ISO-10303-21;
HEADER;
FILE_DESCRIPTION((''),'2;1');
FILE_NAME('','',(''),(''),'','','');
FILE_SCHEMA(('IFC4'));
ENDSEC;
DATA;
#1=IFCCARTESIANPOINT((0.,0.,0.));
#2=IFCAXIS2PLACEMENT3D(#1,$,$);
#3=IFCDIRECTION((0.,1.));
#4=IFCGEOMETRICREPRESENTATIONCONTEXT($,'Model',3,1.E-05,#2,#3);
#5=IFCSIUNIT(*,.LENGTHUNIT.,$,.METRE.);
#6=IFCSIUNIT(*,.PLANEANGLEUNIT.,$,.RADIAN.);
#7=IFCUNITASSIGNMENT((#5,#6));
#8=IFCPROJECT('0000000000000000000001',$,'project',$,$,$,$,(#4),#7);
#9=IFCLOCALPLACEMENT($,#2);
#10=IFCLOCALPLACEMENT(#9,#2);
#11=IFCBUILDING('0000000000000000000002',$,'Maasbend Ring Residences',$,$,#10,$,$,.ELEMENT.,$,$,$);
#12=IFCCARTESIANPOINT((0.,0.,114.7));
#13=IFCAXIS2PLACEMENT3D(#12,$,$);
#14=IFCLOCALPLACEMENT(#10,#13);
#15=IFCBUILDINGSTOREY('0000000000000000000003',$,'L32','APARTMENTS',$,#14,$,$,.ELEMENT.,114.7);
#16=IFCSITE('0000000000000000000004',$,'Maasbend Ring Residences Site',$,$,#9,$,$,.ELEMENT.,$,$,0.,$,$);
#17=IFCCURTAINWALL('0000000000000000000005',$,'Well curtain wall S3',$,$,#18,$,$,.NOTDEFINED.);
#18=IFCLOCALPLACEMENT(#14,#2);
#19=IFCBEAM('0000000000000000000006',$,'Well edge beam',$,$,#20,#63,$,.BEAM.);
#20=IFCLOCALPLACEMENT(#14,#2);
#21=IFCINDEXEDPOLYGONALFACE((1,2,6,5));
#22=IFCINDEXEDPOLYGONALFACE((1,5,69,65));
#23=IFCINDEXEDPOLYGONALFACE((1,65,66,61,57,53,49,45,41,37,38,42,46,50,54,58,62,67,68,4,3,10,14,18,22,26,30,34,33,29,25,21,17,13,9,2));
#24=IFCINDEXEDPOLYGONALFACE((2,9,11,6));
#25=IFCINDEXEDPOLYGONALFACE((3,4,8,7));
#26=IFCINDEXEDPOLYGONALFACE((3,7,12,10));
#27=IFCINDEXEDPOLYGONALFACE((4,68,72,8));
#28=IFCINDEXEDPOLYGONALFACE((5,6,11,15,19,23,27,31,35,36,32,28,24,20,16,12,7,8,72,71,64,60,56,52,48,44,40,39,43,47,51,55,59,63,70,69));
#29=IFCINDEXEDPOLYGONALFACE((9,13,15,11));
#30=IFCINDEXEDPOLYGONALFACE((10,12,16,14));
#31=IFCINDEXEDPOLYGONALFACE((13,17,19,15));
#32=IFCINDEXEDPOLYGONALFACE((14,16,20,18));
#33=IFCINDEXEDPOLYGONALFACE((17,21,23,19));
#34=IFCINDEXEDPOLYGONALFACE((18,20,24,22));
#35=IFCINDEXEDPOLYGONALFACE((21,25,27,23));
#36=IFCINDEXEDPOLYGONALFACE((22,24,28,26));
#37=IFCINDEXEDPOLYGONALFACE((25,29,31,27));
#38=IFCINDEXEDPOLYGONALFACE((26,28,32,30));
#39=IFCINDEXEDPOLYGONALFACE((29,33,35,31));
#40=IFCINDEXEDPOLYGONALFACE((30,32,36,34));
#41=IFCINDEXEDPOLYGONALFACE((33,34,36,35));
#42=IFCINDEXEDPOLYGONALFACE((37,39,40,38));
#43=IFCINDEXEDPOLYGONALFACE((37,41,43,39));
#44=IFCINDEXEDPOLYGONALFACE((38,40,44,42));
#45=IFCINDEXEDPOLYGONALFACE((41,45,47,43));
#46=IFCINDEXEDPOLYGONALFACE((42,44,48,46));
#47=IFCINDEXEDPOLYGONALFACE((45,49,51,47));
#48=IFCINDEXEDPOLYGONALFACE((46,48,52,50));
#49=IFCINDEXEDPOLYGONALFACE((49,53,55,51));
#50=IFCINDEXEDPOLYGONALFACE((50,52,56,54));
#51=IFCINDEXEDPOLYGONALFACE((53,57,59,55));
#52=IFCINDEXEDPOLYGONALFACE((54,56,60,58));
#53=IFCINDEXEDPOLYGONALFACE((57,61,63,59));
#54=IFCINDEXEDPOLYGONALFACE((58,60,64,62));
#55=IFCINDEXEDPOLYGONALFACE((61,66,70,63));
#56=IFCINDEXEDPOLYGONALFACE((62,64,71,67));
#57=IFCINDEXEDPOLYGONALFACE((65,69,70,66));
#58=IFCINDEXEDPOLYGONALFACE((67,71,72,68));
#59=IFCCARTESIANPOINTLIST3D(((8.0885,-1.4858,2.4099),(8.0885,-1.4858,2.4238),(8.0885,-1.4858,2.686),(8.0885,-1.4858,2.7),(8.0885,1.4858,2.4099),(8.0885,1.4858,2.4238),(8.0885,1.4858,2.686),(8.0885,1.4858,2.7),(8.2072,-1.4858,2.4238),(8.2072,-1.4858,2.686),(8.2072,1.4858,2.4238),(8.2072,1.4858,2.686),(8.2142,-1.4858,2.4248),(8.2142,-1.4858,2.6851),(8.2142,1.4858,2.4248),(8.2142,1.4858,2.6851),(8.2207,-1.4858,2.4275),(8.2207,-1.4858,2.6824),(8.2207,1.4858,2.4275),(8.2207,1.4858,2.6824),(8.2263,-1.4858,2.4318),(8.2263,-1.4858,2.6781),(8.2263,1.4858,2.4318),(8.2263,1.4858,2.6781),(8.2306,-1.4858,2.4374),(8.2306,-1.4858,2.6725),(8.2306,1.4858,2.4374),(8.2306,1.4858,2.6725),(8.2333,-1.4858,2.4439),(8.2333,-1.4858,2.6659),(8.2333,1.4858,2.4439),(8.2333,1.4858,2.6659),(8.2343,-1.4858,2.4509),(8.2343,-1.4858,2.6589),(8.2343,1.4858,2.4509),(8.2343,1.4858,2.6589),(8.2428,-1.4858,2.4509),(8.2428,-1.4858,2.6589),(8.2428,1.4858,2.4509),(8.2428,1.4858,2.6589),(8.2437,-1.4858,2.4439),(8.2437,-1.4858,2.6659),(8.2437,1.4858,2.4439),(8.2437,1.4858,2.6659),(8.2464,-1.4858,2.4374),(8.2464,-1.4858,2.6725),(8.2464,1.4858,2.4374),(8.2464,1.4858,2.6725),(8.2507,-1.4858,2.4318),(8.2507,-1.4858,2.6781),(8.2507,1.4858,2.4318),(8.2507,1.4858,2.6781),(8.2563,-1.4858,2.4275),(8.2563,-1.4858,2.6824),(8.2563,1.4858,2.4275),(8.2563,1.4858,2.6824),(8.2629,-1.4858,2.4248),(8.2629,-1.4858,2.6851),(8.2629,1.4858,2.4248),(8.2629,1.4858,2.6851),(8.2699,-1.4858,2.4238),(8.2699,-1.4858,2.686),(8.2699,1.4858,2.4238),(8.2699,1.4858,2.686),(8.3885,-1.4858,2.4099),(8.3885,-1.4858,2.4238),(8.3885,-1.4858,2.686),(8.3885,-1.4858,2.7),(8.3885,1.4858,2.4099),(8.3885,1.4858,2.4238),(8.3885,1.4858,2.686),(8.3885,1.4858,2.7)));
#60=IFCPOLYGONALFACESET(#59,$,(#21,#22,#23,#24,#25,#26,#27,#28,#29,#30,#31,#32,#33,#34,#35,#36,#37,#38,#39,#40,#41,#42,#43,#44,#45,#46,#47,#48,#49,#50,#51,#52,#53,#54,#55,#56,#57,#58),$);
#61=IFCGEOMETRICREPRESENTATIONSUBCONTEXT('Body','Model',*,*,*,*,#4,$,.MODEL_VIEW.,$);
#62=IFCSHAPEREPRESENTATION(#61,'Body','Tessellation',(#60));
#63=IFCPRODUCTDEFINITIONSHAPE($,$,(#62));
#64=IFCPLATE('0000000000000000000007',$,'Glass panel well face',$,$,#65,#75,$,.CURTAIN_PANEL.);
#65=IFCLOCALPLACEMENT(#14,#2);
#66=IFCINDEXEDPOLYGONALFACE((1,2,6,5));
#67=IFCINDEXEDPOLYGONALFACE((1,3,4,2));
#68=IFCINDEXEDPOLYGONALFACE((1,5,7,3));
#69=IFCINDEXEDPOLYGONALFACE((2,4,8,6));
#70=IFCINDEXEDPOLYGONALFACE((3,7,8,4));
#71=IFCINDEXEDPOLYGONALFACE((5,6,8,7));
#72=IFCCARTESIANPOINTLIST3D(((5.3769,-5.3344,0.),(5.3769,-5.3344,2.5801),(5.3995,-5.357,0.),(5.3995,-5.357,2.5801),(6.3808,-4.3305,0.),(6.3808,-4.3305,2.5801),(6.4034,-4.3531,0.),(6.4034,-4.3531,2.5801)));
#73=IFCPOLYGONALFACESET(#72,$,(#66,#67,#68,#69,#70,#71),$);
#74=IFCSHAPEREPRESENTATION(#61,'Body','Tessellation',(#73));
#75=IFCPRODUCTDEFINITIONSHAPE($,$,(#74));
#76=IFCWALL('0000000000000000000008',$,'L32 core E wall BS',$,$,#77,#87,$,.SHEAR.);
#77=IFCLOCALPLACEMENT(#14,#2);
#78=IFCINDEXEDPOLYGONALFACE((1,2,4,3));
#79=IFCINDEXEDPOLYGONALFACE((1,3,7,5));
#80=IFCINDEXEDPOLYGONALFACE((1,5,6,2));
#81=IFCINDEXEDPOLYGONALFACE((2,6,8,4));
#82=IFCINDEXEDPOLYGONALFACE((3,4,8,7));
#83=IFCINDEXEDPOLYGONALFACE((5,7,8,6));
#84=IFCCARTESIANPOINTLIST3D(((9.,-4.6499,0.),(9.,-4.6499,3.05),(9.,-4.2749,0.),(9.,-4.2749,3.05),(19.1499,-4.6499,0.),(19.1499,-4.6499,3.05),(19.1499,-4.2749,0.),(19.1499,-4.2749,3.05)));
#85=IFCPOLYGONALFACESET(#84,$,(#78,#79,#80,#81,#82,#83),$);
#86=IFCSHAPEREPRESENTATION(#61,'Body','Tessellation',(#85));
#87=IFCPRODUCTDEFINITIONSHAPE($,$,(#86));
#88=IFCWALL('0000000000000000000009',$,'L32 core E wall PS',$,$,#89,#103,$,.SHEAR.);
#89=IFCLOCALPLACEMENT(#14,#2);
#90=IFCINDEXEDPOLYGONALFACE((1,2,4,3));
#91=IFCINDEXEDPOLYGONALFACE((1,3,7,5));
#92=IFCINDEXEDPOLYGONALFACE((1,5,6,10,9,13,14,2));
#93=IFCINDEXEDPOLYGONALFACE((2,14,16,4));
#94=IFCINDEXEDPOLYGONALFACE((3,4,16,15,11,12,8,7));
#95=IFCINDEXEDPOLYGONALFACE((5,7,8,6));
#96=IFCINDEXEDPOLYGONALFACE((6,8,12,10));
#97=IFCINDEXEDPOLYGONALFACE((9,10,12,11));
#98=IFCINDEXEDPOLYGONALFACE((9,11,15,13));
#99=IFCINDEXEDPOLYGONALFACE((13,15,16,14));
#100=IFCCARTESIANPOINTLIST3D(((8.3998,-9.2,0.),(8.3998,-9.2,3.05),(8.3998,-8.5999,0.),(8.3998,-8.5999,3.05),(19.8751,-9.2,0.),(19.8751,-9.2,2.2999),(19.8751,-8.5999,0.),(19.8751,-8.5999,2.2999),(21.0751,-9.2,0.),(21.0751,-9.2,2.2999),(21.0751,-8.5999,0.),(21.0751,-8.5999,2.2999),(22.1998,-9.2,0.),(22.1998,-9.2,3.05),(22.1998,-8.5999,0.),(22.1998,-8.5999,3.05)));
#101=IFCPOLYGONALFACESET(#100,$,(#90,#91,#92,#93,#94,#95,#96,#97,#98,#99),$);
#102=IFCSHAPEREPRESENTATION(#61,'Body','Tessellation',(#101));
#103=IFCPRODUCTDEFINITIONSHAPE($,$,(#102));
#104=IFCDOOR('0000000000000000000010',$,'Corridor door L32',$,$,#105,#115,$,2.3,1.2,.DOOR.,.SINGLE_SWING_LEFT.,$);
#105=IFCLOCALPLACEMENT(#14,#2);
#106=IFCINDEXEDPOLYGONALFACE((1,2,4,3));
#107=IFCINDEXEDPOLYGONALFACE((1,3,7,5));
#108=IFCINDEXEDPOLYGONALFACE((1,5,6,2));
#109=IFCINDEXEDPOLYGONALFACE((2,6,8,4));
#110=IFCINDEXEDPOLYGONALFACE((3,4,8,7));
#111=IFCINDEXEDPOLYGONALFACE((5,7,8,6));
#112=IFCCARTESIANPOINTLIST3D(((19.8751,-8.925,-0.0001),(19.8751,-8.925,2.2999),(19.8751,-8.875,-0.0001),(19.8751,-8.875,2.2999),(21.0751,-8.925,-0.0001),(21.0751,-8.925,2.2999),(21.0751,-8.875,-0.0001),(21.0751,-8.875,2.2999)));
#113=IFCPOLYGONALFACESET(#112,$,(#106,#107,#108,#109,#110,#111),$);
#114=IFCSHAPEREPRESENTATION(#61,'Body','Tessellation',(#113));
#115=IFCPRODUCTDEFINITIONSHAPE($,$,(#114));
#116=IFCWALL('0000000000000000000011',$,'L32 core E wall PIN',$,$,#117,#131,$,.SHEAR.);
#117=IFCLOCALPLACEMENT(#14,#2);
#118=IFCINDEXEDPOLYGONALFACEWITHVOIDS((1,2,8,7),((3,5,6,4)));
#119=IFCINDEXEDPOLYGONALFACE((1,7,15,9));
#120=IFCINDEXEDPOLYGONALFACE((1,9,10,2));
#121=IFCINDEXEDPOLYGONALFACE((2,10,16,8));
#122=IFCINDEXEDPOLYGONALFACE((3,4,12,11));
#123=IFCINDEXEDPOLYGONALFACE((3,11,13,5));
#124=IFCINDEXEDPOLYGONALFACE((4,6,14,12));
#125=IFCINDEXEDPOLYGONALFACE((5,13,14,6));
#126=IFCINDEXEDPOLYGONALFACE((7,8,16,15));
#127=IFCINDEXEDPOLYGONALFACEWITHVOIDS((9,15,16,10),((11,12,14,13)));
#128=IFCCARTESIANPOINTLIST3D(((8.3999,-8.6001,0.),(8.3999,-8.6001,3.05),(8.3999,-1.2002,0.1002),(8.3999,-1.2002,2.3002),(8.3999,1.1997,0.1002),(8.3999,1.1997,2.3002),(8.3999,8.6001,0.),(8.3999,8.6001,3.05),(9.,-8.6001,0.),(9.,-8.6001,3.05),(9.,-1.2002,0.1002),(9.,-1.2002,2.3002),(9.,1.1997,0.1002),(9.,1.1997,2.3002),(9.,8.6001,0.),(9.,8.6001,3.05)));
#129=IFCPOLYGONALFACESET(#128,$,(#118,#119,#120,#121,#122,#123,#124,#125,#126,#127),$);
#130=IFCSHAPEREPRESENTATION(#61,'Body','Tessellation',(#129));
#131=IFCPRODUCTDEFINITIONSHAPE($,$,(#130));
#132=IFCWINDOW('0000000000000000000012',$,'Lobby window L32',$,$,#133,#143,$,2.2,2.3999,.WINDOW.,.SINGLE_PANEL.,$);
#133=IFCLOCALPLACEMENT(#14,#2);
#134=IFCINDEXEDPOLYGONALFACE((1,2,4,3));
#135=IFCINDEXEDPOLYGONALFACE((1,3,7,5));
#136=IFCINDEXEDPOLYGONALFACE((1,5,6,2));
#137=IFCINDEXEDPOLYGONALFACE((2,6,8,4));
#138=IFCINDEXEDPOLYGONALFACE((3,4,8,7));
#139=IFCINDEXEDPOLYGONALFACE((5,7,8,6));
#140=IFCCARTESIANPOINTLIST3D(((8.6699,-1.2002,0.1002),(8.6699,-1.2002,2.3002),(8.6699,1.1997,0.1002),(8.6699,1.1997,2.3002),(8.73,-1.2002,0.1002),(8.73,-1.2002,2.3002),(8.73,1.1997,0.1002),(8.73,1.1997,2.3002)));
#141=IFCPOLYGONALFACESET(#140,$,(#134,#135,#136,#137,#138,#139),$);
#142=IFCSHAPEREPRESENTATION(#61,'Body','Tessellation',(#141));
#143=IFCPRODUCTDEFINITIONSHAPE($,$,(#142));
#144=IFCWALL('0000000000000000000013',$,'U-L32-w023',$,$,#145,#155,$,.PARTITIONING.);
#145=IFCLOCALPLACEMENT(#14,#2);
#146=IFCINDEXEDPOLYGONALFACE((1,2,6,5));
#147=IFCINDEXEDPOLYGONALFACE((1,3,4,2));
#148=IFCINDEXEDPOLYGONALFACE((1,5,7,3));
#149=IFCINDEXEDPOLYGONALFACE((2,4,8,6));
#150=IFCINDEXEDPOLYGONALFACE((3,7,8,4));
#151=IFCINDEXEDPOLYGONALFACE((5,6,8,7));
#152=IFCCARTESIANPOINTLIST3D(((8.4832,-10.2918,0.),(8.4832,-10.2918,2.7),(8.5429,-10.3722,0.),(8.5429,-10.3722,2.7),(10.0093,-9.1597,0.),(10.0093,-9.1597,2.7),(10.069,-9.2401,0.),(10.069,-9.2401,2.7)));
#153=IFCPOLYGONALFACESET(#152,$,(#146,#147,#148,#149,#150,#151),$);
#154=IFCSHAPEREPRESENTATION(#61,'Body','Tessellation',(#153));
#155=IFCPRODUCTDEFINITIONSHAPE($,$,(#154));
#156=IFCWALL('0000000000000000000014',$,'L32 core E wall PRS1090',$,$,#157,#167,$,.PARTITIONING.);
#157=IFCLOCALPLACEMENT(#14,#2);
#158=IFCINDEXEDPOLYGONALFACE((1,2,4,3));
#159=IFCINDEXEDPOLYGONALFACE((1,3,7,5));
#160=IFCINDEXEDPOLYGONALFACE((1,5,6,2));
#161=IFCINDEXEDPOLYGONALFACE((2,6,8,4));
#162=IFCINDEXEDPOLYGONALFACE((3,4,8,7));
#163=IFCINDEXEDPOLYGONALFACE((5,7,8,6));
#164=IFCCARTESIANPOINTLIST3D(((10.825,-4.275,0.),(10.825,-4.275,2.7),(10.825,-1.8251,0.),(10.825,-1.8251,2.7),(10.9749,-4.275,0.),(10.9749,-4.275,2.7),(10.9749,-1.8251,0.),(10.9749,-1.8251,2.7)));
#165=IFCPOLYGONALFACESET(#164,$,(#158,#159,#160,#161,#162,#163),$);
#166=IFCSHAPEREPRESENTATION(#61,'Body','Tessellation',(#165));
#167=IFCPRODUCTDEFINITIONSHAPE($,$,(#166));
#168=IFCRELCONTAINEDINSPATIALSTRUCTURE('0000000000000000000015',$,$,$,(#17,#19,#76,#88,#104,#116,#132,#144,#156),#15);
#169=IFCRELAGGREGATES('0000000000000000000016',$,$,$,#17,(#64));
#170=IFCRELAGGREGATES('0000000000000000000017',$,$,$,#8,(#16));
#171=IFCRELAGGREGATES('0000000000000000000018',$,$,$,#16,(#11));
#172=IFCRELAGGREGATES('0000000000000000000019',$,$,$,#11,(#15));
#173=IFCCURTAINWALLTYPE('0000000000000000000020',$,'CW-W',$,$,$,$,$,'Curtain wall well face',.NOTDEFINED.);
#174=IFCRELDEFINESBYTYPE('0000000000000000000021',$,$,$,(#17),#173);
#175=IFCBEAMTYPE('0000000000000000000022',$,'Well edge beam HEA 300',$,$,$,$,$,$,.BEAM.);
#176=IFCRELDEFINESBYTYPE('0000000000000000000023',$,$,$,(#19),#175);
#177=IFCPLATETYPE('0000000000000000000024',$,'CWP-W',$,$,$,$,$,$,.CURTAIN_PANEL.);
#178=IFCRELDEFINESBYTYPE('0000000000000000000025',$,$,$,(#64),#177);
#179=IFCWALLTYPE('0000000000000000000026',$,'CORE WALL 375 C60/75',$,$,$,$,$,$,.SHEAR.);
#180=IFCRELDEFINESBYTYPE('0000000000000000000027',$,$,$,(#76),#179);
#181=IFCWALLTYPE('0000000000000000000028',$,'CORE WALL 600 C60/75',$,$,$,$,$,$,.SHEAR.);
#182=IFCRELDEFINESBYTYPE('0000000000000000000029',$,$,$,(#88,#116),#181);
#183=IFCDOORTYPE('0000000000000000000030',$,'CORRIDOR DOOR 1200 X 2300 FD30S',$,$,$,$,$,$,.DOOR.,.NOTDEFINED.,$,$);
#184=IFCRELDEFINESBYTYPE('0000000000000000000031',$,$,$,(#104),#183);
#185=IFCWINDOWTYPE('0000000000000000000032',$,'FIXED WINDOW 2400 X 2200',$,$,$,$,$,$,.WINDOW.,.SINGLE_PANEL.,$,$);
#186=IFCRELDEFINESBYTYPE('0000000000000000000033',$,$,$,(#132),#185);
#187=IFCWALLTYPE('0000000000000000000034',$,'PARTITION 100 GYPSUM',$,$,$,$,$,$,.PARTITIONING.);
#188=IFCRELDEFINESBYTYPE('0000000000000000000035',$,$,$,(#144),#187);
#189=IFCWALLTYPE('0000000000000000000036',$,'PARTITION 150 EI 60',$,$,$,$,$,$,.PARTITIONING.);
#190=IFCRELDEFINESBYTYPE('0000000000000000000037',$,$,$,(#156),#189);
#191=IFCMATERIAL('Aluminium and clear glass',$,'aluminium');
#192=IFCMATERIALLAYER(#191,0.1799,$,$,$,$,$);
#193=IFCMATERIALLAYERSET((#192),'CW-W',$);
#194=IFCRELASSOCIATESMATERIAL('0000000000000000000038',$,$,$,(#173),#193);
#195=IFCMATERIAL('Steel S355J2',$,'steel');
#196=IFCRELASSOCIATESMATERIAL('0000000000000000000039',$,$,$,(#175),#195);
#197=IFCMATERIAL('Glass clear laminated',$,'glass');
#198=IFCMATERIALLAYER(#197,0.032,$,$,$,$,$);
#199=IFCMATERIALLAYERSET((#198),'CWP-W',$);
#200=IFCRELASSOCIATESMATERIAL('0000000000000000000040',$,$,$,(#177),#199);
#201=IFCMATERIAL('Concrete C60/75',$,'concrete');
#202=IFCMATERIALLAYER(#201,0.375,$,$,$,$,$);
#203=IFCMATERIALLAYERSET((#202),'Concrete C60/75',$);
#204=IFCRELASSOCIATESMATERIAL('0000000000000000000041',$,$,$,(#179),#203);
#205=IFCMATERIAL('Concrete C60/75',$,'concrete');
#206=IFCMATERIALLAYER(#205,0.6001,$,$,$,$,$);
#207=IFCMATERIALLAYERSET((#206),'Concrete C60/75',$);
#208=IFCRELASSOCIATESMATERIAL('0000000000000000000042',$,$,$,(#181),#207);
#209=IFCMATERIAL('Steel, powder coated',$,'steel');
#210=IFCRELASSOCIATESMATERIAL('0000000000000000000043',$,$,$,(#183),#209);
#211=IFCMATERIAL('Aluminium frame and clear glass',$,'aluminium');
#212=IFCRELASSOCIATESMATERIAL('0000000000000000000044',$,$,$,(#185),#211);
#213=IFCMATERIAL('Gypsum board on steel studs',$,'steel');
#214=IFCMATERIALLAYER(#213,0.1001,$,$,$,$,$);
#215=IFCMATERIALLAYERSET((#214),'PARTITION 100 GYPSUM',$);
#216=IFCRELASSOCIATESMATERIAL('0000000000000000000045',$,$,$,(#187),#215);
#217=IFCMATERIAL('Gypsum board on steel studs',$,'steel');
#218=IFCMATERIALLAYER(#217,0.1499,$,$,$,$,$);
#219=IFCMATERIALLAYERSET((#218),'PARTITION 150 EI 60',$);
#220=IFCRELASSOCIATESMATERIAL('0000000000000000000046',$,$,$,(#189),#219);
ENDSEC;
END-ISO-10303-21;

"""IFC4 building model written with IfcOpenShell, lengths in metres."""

from ifc_helpers import new_model, si_unit, direction, frame, frame_2d, origin, origin_2d, place, context, subcontext, project, spatial, rectangle, i_section, extrude, material, layer, layer_set, material_profile, profile_set, type_object, element, fill, aggregate, save


model = new_model("IFC4")

# Units and contexts
model_context = context("Model", 3, precision=1e-05, world=origin(), true_north=direction((0.0, 1.0)))
body_context = subcontext(model_context, "Body", "Model", "MODEL_VIEW")
ifc_project = project(units=[si_unit("LENGTHUNIT", "METRE"), si_unit("PLANEANGLEUNIT", "RADIAN")], contexts=[model_context])

# Site, building, storey
site_placement = place(None, origin())
site = spatial("IfcSite", under=ifc_project, at=site_placement, Name="Maasbend Ring Residences Site", CompositionType="ELEMENT", RefElevation=0.0)
building_placement = place(site_placement, origin())
building = spatial("IfcBuilding", under=site, at=building_placement, Name="Maasbend Ring Residences", CompositionType="ELEMENT")
storey_placement = place(building_placement, frame((0.0, 0.0, 114.7)))
storey = spatial("IfcBuildingStorey", under=building, at=storey_placement, Name="L32", Description="APARTMENTS", CompositionType="ELEMENT", Elevation=114.7)

# Curtain wall
ifc_material_1 = material(Name="Aluminium and clear glass", Category="aluminium")
ifc_layer_1 = layer(ifc_material_1, 0.1799)
ifc_layer_set_1 = layer_set([ifc_layer_1], Name="CW-W")
curtain_wall_type = type_object("IfcCurtainWallType", Name="CW-W", ElementType="Curtain wall well face", PredefinedType="NOTDEFINED", material=ifc_layer_set_1)
curtain_wall_placement = place(storey_placement, origin())
curtain_wall = element("IfcCurtainWall", 1, at=curtain_wall_placement, inside=storey, type_object=curtain_wall_type, Name="Well curtain wall S3", PredefinedType="NOTDEFINED")

# Beam
ifc_material_2 = material(Name="Steel S355J2", Category="steel")
ifc_material_profile_1 = material_profile(ifc_material_2, i_section(OverallWidth=0.3, OverallDepth=0.29, WebThickness=0.0085, FlangeThickness=0.0139, FilletRadius=0.0271, at=origin_2d()), Name="HEA 300")
ifc_profile_set_1 = profile_set([ifc_material_profile_1], Name="Steel S355J2")
beam_type = type_object("IfcBeamType", Name="Well edge beam HEA 300", PredefinedType="BEAM", material=ifc_profile_set_1)
for number, where, z_axis, x_axis, name in (
    (2, (8.2385, -1.4858, 2.5549), (0.0, 1.0, 0.0), (-1.0, 0.0, 0.0), "Well edge beam"),
):
    element("IfcBeam", number, at=place(storey_placement, frame(where, z_axis=z_axis, x_axis=x_axis)), inside=storey, type_object=beam_type, Name=name, PredefinedType="BEAM", context=body_context, shape_type="SweptSolid", body=[
        extrude(i_section(OverallWidth=0.3, OverallDepth=0.29, WebThickness=0.0085, FlangeThickness=0.0139, FilletRadius=0.0271, at=origin_2d()), origin(), (0.0, 0.0, 1.0), 2.9717),
    ])

# Plate
ifc_material_3 = material(Name="Glass clear laminated", Category="glass")
ifc_layer_2 = layer(ifc_material_3, 0.032)
ifc_layer_set_2 = layer_set([ifc_layer_2], Name="CWP-W")
plate_type = type_object("IfcPlateType", Name="CWP-W", PredefinedType="CURTAIN_PANEL", material=ifc_layer_set_2)
plate_placement = place(storey_placement, frame((5.8901, -4.8438, 0.0), z_axis=(0.0, 0.0, 1.0), x_axis=(0.707107, 0.707107, 0.0)))
plate = element("IfcPlate", 3, at=plate_placement, type_object=plate_type, Name="Glass panel well face", PredefinedType="CURTAIN_PANEL", context=body_context, shape_type="SweptSolid", body=[
    extrude(rectangle(XDim=1.4197, YDim=0.032, at=origin_2d()), origin(), (0.0, 0.0, 1.0), 2.5801),
])
aggregate(curtain_wall, [plate])

# Wall
ifc_material_4 = material(Name="Concrete C60/75", Category="concrete")
ifc_layer_3 = layer(ifc_material_4, 0.375)
ifc_layer_set_3 = layer_set([ifc_layer_3], Name="Concrete C60/75")
wall_type_1 = type_object("IfcWallType", Name="CORE WALL 375 C60/75", PredefinedType="SHEAR", material=ifc_layer_set_3)
wall_1_placement = place(storey_placement, frame((9.0, -4.4624, 0.0), z_axis=(0.0, 0.0, 1.0), x_axis=(1.0, 0.0, 0.0)))
element("IfcWall", 4, at=wall_1_placement, inside=storey, type_object=wall_type_1, Name="L32 core E wall BS", PredefinedType="SHEAR", context=body_context, shape_type="SweptSolid", body=[
    extrude(rectangle(XDim=10.1499, YDim=0.375, at=frame_2d((5.075, 0.0))), origin(), (0.0, 0.0, 1.0), 3.05),
])

# Wall, opening, door
ifc_material_5 = material(Name="Concrete C60/75", Category="concrete")
ifc_layer_4 = layer(ifc_material_5, 0.6001)
ifc_layer_set_4 = layer_set([ifc_layer_4], Name="Concrete C60/75")
wall_type_2 = type_object("IfcWallType", Name="CORE WALL 600 C60/75", PredefinedType="SHEAR", material=ifc_layer_set_4)
wall_2_placement = place(storey_placement, frame((8.3999, -8.8999, 0.0), z_axis=(0.0, 0.0, 1.0), x_axis=(1.0, 0.0, 0.0)))
wall_2 = element("IfcWall", 5, at=wall_2_placement, inside=storey, type_object=wall_type_2, Name="L32 core E wall PS", PredefinedType="SHEAR", context=body_context, shape_type="SweptSolid", body=[
    extrude(rectangle(XDim=13.8, YDim=0.6001, at=frame_2d((6.8999, 0.0))), origin(), (0.0, 0.0, 1.0), 3.05),
])
opening_1_placement = place(wall_2_placement, frame((11.4751, 0.0, 0.0)))
opening_1 = element("IfcOpeningElement", 6, at=opening_1_placement, cuts=wall_2, PredefinedType="OPENING", context=body_context, shape_type="SweptSolid", body=[
    extrude(rectangle(XDim=1.2, YDim=2.3, at=frame_2d((0.6001, 1.1499))), frame((0.0, 0.3101, 0.0), z_axis=(0.0, -1.0, 0.0), x_axis=(1.0, 0.0, 0.0)), (0.0, 0.0, 1.0), 0.6201),
])
ifc_material_6 = material(Name="Steel, powder coated", Category="steel")
door_type = type_object("IfcDoorType", Name="CORRIDOR DOOR 1200 X 2300 FD30S", OperationType="NOTDEFINED", PredefinedType="DOOR", material=ifc_material_6)
door_placement = place(opening_1_placement, origin())
door = element("IfcDoor", 7, at=door_placement, inside=storey, type_object=door_type, Name="Corridor door L32", OperationType="SINGLE_SWING_LEFT", OverallHeight=2.3, OverallWidth=1.2, PredefinedType="DOOR", context=body_context, shape_type="SweptSolid", body=[
    extrude(rectangle(XDim=1.2, YDim=2.3, at=frame_2d((0.6001, 1.1499))), frame((0.0, 0.0249, 0.0), z_axis=(0.0, -1.0, 0.0), x_axis=(1.0, 0.0, 0.0)), (0.0, 0.0, 1.0), 0.05),
])
fill(opening_1, door)

# Wall, opening, window
wall_3_placement = place(storey_placement, frame((8.7, -8.6001, 0.0), z_axis=(0.0, 0.0, 1.0), x_axis=(0.0, 1.0, 0.0)))
wall_3 = element("IfcWall", 8, at=wall_3_placement, inside=storey, type_object=wall_type_2, Name="L32 core E wall PIN", PredefinedType="SHEAR", context=body_context, shape_type="SweptSolid", body=[
    extrude(rectangle(XDim=17.2002, YDim=0.6001, at=frame_2d((8.6001, 0.0))), origin(), (0.0, 0.0, 1.0), 3.05),
])
opening_2_placement = place(wall_3_placement, frame((7.3999, 0.0, 0.1001)))
opening_2 = element("IfcOpeningElement", 9, at=opening_2_placement, cuts=wall_3, PredefinedType="OPENING", context=body_context, shape_type="SweptSolid", body=[
    extrude(rectangle(XDim=2.3999, YDim=2.2, at=frame_2d((1.2, 1.1001))), frame((0.0, 0.3101, 0.0), z_axis=(0.0, -1.0, 0.0), x_axis=(1.0, 0.0, 0.0)), (0.0, 0.0, 1.0), 0.6201),
])
ifc_material_7 = material(Name="Aluminium frame and clear glass", Category="aluminium")
window_type = type_object("IfcWindowType", Name="FIXED WINDOW 2400 X 2200", PartitioningType="SINGLE_PANEL", PredefinedType="WINDOW", material=ifc_material_7)
window_placement = place(opening_2_placement, origin())
window = element("IfcWindow", 10, at=window_placement, inside=storey, type_object=window_type, Name="Lobby window L32", OverallHeight=2.2, OverallWidth=2.3999, PartitioningType="SINGLE_PANEL", PredefinedType="WINDOW", context=body_context, shape_type="SweptSolid", body=[
    extrude(rectangle(XDim=2.3999, YDim=2.2, at=frame_2d((1.2, 1.1001))), frame((0.0, 0.03, 0.0), z_axis=(0.0, -1.0, 0.0), x_axis=(1.0, 0.0, 0.0)), (0.0, 0.0, 1.0), 0.0601),
])
fill(opening_2, window)

# Walls
ifc_material_8 = material(Name="Gypsum board on steel studs", Category="steel")
ifc_layer_5 = layer(ifc_material_8, 0.1001)
ifc_layer_set_5 = layer_set([ifc_layer_5], Name="PARTITION 100 GYPSUM")
wall_type_3 = type_object("IfcWallType", Name="PARTITION 100 GYPSUM", PredefinedType="PARTITIONING", material=ifc_layer_set_5)
wall_4_placement = place(storey_placement, frame((8.5129, -10.332, 0.0), z_axis=(0.0, 0.0, 1.0), x_axis=(0.80315, 0.595777, 0.0)))
element("IfcWall", 11, at=wall_4_placement, inside=storey, type_object=wall_type_3, Name="U-L32-w023", PredefinedType="PARTITIONING", context=body_context, shape_type="SweptSolid", body=[
    extrude(rectangle(XDim=1.9001, YDim=0.1001, at=frame_2d((0.9502, 0.0))), origin(), (0.0, 0.0, 1.0), 2.7),
])
ifc_material_9 = material(Name="Gypsum board on steel studs", Category="steel")
ifc_layer_6 = layer(ifc_material_9, 0.1499)
ifc_layer_set_6 = layer_set([ifc_layer_6], Name="PARTITION 150 EI 60")
wall_type_4 = type_object("IfcWallType", Name="PARTITION 150 EI 60", PredefinedType="PARTITIONING", material=ifc_layer_set_6)
wall_5_placement = place(storey_placement, frame((10.8999, -1.825, 0.0), z_axis=(0.0, 0.0, 1.0), x_axis=(0.0, -1.0, 0.0)))
element("IfcWall", 12, at=wall_5_placement, inside=storey, type_object=wall_type_4, Name="L32 core E wall PRS1090", PredefinedType="PARTITIONING", context=body_context, shape_type="SweptSolid", body=[
    extrude(rectangle(XDim=2.45, YDim=0.1499, at=frame_2d((1.2251, 0.0))), origin(), (0.0, 0.0, 1.0), 2.7),
])

save(model, "model.ifc")
